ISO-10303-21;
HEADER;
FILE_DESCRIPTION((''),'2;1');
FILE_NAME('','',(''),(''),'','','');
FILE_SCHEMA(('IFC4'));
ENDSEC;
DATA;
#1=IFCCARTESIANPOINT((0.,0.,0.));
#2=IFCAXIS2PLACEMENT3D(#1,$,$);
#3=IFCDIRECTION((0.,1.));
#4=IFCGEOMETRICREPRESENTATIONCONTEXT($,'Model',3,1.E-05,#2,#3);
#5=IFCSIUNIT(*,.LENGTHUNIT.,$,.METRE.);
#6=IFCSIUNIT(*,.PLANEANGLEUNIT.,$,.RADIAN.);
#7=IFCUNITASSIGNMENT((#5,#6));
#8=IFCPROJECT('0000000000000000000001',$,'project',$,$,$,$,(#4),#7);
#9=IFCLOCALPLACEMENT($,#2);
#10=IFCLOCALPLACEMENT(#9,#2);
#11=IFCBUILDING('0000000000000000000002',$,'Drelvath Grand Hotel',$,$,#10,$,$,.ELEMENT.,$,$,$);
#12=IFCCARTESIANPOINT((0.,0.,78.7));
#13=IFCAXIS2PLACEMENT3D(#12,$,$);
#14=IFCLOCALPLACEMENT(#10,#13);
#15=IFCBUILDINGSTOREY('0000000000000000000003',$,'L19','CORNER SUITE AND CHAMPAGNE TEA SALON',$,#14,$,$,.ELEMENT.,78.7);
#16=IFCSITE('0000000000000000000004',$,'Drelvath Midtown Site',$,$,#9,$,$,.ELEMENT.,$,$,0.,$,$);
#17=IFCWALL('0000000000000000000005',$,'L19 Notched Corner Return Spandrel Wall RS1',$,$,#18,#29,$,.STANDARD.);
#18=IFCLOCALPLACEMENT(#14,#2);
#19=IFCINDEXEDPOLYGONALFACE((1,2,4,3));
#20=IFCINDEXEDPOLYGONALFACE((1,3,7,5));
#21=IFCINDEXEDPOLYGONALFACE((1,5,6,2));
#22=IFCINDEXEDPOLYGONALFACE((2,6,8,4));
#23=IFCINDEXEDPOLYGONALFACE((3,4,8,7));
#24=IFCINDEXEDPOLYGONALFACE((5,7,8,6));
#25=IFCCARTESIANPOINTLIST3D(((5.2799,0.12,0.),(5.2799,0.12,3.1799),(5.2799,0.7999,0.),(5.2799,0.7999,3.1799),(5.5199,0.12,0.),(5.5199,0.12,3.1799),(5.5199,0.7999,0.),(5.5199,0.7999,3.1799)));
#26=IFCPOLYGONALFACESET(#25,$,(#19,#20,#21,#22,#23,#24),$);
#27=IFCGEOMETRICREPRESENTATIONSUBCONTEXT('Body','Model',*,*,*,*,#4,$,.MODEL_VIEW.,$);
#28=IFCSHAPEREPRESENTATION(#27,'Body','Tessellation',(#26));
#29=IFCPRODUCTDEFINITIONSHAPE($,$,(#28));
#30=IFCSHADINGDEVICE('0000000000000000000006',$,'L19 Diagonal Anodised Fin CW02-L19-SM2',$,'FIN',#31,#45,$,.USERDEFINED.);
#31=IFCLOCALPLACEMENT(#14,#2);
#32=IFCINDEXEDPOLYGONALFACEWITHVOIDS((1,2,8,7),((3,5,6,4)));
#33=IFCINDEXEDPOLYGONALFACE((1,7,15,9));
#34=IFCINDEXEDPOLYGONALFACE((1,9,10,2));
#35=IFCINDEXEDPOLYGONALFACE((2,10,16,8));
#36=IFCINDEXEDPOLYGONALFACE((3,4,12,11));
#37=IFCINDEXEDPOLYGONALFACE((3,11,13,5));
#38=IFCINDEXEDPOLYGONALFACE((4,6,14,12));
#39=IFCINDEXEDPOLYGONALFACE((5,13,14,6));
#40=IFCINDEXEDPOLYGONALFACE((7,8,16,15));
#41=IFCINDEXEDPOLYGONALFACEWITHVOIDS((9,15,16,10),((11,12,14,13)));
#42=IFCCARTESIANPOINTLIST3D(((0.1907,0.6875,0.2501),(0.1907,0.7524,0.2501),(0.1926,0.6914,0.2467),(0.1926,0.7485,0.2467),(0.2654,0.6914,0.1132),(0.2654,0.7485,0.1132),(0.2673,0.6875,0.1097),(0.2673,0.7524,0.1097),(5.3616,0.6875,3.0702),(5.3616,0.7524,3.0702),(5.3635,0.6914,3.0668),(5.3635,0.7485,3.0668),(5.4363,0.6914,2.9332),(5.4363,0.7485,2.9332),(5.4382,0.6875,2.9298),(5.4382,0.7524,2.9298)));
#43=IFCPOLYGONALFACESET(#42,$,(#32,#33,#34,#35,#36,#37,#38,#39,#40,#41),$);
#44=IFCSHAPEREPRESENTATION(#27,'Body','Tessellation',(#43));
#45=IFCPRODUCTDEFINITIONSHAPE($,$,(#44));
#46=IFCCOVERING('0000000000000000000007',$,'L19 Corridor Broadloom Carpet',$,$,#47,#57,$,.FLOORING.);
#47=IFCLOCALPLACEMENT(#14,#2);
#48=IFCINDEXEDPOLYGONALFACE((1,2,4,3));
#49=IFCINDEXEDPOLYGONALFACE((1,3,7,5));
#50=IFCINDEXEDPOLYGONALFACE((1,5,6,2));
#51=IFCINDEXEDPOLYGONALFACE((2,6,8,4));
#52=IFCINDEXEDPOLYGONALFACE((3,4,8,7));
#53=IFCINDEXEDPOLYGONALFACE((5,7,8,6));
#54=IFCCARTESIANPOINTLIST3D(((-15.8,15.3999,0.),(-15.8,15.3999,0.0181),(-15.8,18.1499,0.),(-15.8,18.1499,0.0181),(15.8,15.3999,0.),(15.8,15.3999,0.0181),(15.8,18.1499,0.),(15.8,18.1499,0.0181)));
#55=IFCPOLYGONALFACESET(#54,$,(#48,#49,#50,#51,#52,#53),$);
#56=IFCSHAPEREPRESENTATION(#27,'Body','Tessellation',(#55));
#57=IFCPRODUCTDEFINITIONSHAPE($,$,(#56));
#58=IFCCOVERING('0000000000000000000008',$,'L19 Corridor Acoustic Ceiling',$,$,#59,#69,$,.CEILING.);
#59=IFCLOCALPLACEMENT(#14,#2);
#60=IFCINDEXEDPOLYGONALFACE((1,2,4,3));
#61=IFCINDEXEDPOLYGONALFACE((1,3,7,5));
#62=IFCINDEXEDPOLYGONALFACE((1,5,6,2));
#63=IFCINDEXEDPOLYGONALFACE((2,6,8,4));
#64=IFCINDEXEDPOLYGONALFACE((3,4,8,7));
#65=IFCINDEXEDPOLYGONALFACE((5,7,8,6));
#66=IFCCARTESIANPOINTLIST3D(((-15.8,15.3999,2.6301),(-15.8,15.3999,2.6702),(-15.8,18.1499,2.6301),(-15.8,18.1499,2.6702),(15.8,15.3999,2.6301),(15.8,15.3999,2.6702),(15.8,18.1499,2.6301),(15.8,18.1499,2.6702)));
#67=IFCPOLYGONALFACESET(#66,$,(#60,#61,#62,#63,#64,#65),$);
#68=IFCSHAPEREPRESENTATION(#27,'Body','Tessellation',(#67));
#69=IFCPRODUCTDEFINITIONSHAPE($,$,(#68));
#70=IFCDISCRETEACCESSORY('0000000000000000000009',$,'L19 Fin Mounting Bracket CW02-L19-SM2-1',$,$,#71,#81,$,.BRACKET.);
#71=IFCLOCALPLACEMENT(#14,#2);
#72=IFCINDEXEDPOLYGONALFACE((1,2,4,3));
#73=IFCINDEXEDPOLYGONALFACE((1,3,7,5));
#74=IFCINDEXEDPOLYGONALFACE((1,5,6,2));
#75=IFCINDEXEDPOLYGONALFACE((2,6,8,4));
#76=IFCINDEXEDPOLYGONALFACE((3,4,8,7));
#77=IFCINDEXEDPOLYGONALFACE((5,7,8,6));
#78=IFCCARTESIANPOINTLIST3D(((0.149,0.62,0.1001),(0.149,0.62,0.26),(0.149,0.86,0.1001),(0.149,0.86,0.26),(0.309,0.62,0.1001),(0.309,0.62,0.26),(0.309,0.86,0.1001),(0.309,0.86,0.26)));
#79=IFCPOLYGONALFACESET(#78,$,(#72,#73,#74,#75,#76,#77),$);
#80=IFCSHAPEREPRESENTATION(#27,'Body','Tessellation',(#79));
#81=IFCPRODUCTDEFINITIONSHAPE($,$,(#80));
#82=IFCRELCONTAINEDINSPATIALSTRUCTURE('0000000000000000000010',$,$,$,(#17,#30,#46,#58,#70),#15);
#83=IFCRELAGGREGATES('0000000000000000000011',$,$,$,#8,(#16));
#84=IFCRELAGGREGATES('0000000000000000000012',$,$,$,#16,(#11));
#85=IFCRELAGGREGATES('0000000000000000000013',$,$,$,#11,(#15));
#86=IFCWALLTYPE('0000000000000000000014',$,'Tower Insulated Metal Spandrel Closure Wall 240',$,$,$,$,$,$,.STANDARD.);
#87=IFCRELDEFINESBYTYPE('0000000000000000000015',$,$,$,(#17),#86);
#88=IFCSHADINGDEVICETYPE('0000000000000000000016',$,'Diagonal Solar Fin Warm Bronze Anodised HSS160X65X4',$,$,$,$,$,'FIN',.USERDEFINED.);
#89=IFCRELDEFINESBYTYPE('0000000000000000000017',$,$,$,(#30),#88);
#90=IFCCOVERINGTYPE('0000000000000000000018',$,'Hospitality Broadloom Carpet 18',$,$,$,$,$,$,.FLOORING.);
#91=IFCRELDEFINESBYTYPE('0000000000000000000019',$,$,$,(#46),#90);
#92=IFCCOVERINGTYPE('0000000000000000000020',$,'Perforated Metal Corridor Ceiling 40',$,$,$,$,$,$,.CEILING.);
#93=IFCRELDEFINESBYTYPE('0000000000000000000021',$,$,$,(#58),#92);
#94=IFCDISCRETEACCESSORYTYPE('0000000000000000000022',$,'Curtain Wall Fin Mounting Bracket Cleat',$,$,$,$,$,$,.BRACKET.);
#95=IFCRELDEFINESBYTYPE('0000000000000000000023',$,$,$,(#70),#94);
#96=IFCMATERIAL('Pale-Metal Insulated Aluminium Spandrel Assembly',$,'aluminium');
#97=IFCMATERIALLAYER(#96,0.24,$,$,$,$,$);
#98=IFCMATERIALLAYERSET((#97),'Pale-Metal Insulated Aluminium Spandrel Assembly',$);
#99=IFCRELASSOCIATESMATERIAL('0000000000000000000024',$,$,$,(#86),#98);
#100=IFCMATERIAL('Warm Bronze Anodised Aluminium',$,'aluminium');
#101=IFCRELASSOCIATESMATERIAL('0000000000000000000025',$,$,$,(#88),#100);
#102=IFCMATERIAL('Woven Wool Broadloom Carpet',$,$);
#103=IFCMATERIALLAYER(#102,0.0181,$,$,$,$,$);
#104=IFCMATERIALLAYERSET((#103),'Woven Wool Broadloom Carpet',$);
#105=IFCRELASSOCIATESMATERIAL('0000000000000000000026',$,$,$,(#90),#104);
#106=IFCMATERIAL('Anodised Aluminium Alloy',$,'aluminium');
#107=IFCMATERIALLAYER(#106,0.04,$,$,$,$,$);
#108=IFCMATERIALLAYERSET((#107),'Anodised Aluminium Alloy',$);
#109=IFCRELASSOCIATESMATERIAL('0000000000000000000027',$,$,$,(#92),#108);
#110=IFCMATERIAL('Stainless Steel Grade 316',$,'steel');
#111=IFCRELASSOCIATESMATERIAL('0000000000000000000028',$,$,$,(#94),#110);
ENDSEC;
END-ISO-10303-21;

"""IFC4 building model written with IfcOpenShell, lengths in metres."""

from ifc_helpers import new_model, si_unit, direction, frame, frame_2d, origin, origin_2d, place, context, subcontext, project, spatial, polyline, rectangle, hollow_rectangle, outline, extrude, material, layer, layer_set, material_profile, profile_set, type_object, element, save


model = new_model("IFC4")

# Units and contexts
model_context = context("Model", 3, precision=1e-05, world=origin(), true_north=direction((0.0, 1.0)))
body_context = subcontext(model_context, "Body", "Model", "MODEL_VIEW")
ifc_project = project(units=[si_unit("LENGTHUNIT", "METRE"), si_unit("PLANEANGLEUNIT", "RADIAN")], contexts=[model_context])

# Site, building, storey
site_placement = place(None, origin())
site = spatial("IfcSite", under=ifc_project, at=site_placement, Name="Drelvath Midtown Site", CompositionType="ELEMENT", RefElevation=0.0)
building_placement = place(site_placement, origin())
building = spatial("IfcBuilding", under=site, at=building_placement, Name="Drelvath Grand Hotel", CompositionType="ELEMENT")
storey_placement = place(building_placement, frame((0.0, 0.0, 78.7)))
storey = spatial("IfcBuildingStorey", under=building, at=storey_placement, Name="L19", Description="CORNER SUITE AND CHAMPAGNE TEA SALON", CompositionType="ELEMENT", Elevation=78.7)

# Wall
ifc_material_1 = material(Name="Pale-Metal Insulated Aluminium Spandrel Assembly", Category="aluminium")
ifc_layer_1 = layer(ifc_material_1, 0.24)
ifc_layer_set_1 = layer_set([ifc_layer_1], Name="Pale-Metal Insulated Aluminium Spandrel Assembly")
wall_type_1 = type_object("IfcWallType", Name="Tower Insulated Metal Spandrel Closure Wall 240", PredefinedType="STANDARD", material=ifc_layer_set_1)
wall_1_placement = place(storey_placement, frame((5.3999, 0.1201, 0.0), z_axis=(0.0, 0.0, 1.0), x_axis=(0.0, 1.0, 0.0)))
element("IfcWall", 1, at=wall_1_placement, inside=storey, type_object=wall_type_1, Name="L19 Notched Corner Return Spandrel Wall RS1", PredefinedType="STANDARD", context=body_context, shape_type="SweptSolid", body=[
    extrude(rectangle(XDim=0.6799, YDim=0.24, at=frame_2d((0.3398, 0.0))), origin(), (0.0, 0.0, 1.0), 3.1799),
])

# Shading device
ifc_material_2 = material(Name="Warm Bronze Anodised Aluminium", Category="aluminium")
ifc_material_profile_1 = material_profile(ifc_material_2, hollow_rectangle(XDim=0.0649, YDim=0.1599, WallThickness=0.0039, at=origin_2d()), Name="HSS160X65X4")
ifc_profile_set_1 = profile_set([ifc_material_profile_1], Name="Warm Bronze Anodised Aluminium")
shading_device_type = type_object("IfcShadingDeviceType", Name="Diagonal Solar Fin Warm Bronze Anodised HSS160X65X4", ElementType="FIN", PredefinedType="USERDEFINED", material=ifc_profile_set_1)
shading_device_placement = place(storey_placement, frame((0.229, 0.72, 0.1799), z_axis=(0.877926, 0.0, 0.478797), x_axis=(0.0, 1.0, 0.0)))
element("IfcShadingDevice", 2, at=shading_device_placement, inside=storey, type_object=shading_device_type, Name="L19 Diagonal Anodised Fin CW02-L19-SM2", ObjectType="FIN", PredefinedType="USERDEFINED", context=body_context, shape_type="SweptSolid", body=[
    extrude(hollow_rectangle(XDim=0.0649, YDim=0.1599, WallThickness=0.0039, at=origin_2d()), origin(), (0.0, 0.0, 1.0), 5.8899),
])

# Coverings
ifc_material_3 = material(Name="Woven Wool Broadloom Carpet")
ifc_layer_2 = layer(ifc_material_3, 0.0181)
ifc_layer_set_2 = layer_set([ifc_layer_2], Name="Woven Wool Broadloom Carpet")
covering_type_1 = type_object("IfcCoveringType", Name="Hospitality Broadloom Carpet 18", PredefinedType="FLOORING", material=ifc_layer_set_2)
covering_1_placement = place(storey_placement, origin())
element("IfcCovering", 3, at=covering_1_placement, inside=storey, type_object=covering_type_1, Name="L19 Corridor Broadloom Carpet", PredefinedType="FLOORING", context=body_context, shape_type="SweptSolid", body=[
    extrude(outline(polyline([(15.8, 15.3999), (15.8, 18.1499), (-15.8, 18.1499), (-15.8, 15.3999), (15.8, 15.3999)])), origin(), (0.0, 0.0, 1.0), 0.0181),
])
ifc_material_4 = material(Name="Anodised Aluminium Alloy", Category="aluminium")
ifc_layer_3 = layer(ifc_material_4, 0.04)
ifc_layer_set_3 = layer_set([ifc_layer_3], Name="Anodised Aluminium Alloy")
covering_type_2 = type_object("IfcCoveringType", Name="Perforated Metal Corridor Ceiling 40", PredefinedType="CEILING", material=ifc_layer_set_3)
covering_2_placement = place(storey_placement, frame((0.0, 0.0, 2.6301)))
element("IfcCovering", 4, at=covering_2_placement, inside=storey, type_object=covering_type_2, Name="L19 Corridor Acoustic Ceiling", PredefinedType="CEILING", context=body_context, shape_type="SweptSolid", body=[
    extrude(outline(polyline([(15.8, 15.3999), (15.8, 18.1499), (-15.8, 18.1499), (-15.8, 15.3999), (15.8, 15.3999)])), origin(), (0.0, 0.0, 1.0), 0.04),
])

# Discrete accessory
ifc_material_5 = material(Name="Stainless Steel Grade 316", Category="steel")
discrete_accessory_type = type_object("IfcDiscreteAccessoryType", Name="Curtain Wall Fin Mounting Bracket Cleat", PredefinedType="BRACKET", material=ifc_material_5)
discrete_accessory_placement = place(storey_placement, frame((0.229, 0.74, 0.1001), z_axis=(0.0, 0.0, 1.0), x_axis=(-1.0, 0.0, 0.0)))
element("IfcDiscreteAccessory", 5, at=discrete_accessory_placement, inside=storey, type_object=discrete_accessory_type, Name="L19 Fin Mounting Bracket CW02-L19-SM2-1", PredefinedType="BRACKET", context=body_context, shape_type="SweptSolid", body=[
    extrude(rectangle(XDim=0.1599, YDim=0.24, at=origin_2d()), origin(), (0.0, 0.0, 1.0), 0.1599),
])

save(model, "model.ifc")
